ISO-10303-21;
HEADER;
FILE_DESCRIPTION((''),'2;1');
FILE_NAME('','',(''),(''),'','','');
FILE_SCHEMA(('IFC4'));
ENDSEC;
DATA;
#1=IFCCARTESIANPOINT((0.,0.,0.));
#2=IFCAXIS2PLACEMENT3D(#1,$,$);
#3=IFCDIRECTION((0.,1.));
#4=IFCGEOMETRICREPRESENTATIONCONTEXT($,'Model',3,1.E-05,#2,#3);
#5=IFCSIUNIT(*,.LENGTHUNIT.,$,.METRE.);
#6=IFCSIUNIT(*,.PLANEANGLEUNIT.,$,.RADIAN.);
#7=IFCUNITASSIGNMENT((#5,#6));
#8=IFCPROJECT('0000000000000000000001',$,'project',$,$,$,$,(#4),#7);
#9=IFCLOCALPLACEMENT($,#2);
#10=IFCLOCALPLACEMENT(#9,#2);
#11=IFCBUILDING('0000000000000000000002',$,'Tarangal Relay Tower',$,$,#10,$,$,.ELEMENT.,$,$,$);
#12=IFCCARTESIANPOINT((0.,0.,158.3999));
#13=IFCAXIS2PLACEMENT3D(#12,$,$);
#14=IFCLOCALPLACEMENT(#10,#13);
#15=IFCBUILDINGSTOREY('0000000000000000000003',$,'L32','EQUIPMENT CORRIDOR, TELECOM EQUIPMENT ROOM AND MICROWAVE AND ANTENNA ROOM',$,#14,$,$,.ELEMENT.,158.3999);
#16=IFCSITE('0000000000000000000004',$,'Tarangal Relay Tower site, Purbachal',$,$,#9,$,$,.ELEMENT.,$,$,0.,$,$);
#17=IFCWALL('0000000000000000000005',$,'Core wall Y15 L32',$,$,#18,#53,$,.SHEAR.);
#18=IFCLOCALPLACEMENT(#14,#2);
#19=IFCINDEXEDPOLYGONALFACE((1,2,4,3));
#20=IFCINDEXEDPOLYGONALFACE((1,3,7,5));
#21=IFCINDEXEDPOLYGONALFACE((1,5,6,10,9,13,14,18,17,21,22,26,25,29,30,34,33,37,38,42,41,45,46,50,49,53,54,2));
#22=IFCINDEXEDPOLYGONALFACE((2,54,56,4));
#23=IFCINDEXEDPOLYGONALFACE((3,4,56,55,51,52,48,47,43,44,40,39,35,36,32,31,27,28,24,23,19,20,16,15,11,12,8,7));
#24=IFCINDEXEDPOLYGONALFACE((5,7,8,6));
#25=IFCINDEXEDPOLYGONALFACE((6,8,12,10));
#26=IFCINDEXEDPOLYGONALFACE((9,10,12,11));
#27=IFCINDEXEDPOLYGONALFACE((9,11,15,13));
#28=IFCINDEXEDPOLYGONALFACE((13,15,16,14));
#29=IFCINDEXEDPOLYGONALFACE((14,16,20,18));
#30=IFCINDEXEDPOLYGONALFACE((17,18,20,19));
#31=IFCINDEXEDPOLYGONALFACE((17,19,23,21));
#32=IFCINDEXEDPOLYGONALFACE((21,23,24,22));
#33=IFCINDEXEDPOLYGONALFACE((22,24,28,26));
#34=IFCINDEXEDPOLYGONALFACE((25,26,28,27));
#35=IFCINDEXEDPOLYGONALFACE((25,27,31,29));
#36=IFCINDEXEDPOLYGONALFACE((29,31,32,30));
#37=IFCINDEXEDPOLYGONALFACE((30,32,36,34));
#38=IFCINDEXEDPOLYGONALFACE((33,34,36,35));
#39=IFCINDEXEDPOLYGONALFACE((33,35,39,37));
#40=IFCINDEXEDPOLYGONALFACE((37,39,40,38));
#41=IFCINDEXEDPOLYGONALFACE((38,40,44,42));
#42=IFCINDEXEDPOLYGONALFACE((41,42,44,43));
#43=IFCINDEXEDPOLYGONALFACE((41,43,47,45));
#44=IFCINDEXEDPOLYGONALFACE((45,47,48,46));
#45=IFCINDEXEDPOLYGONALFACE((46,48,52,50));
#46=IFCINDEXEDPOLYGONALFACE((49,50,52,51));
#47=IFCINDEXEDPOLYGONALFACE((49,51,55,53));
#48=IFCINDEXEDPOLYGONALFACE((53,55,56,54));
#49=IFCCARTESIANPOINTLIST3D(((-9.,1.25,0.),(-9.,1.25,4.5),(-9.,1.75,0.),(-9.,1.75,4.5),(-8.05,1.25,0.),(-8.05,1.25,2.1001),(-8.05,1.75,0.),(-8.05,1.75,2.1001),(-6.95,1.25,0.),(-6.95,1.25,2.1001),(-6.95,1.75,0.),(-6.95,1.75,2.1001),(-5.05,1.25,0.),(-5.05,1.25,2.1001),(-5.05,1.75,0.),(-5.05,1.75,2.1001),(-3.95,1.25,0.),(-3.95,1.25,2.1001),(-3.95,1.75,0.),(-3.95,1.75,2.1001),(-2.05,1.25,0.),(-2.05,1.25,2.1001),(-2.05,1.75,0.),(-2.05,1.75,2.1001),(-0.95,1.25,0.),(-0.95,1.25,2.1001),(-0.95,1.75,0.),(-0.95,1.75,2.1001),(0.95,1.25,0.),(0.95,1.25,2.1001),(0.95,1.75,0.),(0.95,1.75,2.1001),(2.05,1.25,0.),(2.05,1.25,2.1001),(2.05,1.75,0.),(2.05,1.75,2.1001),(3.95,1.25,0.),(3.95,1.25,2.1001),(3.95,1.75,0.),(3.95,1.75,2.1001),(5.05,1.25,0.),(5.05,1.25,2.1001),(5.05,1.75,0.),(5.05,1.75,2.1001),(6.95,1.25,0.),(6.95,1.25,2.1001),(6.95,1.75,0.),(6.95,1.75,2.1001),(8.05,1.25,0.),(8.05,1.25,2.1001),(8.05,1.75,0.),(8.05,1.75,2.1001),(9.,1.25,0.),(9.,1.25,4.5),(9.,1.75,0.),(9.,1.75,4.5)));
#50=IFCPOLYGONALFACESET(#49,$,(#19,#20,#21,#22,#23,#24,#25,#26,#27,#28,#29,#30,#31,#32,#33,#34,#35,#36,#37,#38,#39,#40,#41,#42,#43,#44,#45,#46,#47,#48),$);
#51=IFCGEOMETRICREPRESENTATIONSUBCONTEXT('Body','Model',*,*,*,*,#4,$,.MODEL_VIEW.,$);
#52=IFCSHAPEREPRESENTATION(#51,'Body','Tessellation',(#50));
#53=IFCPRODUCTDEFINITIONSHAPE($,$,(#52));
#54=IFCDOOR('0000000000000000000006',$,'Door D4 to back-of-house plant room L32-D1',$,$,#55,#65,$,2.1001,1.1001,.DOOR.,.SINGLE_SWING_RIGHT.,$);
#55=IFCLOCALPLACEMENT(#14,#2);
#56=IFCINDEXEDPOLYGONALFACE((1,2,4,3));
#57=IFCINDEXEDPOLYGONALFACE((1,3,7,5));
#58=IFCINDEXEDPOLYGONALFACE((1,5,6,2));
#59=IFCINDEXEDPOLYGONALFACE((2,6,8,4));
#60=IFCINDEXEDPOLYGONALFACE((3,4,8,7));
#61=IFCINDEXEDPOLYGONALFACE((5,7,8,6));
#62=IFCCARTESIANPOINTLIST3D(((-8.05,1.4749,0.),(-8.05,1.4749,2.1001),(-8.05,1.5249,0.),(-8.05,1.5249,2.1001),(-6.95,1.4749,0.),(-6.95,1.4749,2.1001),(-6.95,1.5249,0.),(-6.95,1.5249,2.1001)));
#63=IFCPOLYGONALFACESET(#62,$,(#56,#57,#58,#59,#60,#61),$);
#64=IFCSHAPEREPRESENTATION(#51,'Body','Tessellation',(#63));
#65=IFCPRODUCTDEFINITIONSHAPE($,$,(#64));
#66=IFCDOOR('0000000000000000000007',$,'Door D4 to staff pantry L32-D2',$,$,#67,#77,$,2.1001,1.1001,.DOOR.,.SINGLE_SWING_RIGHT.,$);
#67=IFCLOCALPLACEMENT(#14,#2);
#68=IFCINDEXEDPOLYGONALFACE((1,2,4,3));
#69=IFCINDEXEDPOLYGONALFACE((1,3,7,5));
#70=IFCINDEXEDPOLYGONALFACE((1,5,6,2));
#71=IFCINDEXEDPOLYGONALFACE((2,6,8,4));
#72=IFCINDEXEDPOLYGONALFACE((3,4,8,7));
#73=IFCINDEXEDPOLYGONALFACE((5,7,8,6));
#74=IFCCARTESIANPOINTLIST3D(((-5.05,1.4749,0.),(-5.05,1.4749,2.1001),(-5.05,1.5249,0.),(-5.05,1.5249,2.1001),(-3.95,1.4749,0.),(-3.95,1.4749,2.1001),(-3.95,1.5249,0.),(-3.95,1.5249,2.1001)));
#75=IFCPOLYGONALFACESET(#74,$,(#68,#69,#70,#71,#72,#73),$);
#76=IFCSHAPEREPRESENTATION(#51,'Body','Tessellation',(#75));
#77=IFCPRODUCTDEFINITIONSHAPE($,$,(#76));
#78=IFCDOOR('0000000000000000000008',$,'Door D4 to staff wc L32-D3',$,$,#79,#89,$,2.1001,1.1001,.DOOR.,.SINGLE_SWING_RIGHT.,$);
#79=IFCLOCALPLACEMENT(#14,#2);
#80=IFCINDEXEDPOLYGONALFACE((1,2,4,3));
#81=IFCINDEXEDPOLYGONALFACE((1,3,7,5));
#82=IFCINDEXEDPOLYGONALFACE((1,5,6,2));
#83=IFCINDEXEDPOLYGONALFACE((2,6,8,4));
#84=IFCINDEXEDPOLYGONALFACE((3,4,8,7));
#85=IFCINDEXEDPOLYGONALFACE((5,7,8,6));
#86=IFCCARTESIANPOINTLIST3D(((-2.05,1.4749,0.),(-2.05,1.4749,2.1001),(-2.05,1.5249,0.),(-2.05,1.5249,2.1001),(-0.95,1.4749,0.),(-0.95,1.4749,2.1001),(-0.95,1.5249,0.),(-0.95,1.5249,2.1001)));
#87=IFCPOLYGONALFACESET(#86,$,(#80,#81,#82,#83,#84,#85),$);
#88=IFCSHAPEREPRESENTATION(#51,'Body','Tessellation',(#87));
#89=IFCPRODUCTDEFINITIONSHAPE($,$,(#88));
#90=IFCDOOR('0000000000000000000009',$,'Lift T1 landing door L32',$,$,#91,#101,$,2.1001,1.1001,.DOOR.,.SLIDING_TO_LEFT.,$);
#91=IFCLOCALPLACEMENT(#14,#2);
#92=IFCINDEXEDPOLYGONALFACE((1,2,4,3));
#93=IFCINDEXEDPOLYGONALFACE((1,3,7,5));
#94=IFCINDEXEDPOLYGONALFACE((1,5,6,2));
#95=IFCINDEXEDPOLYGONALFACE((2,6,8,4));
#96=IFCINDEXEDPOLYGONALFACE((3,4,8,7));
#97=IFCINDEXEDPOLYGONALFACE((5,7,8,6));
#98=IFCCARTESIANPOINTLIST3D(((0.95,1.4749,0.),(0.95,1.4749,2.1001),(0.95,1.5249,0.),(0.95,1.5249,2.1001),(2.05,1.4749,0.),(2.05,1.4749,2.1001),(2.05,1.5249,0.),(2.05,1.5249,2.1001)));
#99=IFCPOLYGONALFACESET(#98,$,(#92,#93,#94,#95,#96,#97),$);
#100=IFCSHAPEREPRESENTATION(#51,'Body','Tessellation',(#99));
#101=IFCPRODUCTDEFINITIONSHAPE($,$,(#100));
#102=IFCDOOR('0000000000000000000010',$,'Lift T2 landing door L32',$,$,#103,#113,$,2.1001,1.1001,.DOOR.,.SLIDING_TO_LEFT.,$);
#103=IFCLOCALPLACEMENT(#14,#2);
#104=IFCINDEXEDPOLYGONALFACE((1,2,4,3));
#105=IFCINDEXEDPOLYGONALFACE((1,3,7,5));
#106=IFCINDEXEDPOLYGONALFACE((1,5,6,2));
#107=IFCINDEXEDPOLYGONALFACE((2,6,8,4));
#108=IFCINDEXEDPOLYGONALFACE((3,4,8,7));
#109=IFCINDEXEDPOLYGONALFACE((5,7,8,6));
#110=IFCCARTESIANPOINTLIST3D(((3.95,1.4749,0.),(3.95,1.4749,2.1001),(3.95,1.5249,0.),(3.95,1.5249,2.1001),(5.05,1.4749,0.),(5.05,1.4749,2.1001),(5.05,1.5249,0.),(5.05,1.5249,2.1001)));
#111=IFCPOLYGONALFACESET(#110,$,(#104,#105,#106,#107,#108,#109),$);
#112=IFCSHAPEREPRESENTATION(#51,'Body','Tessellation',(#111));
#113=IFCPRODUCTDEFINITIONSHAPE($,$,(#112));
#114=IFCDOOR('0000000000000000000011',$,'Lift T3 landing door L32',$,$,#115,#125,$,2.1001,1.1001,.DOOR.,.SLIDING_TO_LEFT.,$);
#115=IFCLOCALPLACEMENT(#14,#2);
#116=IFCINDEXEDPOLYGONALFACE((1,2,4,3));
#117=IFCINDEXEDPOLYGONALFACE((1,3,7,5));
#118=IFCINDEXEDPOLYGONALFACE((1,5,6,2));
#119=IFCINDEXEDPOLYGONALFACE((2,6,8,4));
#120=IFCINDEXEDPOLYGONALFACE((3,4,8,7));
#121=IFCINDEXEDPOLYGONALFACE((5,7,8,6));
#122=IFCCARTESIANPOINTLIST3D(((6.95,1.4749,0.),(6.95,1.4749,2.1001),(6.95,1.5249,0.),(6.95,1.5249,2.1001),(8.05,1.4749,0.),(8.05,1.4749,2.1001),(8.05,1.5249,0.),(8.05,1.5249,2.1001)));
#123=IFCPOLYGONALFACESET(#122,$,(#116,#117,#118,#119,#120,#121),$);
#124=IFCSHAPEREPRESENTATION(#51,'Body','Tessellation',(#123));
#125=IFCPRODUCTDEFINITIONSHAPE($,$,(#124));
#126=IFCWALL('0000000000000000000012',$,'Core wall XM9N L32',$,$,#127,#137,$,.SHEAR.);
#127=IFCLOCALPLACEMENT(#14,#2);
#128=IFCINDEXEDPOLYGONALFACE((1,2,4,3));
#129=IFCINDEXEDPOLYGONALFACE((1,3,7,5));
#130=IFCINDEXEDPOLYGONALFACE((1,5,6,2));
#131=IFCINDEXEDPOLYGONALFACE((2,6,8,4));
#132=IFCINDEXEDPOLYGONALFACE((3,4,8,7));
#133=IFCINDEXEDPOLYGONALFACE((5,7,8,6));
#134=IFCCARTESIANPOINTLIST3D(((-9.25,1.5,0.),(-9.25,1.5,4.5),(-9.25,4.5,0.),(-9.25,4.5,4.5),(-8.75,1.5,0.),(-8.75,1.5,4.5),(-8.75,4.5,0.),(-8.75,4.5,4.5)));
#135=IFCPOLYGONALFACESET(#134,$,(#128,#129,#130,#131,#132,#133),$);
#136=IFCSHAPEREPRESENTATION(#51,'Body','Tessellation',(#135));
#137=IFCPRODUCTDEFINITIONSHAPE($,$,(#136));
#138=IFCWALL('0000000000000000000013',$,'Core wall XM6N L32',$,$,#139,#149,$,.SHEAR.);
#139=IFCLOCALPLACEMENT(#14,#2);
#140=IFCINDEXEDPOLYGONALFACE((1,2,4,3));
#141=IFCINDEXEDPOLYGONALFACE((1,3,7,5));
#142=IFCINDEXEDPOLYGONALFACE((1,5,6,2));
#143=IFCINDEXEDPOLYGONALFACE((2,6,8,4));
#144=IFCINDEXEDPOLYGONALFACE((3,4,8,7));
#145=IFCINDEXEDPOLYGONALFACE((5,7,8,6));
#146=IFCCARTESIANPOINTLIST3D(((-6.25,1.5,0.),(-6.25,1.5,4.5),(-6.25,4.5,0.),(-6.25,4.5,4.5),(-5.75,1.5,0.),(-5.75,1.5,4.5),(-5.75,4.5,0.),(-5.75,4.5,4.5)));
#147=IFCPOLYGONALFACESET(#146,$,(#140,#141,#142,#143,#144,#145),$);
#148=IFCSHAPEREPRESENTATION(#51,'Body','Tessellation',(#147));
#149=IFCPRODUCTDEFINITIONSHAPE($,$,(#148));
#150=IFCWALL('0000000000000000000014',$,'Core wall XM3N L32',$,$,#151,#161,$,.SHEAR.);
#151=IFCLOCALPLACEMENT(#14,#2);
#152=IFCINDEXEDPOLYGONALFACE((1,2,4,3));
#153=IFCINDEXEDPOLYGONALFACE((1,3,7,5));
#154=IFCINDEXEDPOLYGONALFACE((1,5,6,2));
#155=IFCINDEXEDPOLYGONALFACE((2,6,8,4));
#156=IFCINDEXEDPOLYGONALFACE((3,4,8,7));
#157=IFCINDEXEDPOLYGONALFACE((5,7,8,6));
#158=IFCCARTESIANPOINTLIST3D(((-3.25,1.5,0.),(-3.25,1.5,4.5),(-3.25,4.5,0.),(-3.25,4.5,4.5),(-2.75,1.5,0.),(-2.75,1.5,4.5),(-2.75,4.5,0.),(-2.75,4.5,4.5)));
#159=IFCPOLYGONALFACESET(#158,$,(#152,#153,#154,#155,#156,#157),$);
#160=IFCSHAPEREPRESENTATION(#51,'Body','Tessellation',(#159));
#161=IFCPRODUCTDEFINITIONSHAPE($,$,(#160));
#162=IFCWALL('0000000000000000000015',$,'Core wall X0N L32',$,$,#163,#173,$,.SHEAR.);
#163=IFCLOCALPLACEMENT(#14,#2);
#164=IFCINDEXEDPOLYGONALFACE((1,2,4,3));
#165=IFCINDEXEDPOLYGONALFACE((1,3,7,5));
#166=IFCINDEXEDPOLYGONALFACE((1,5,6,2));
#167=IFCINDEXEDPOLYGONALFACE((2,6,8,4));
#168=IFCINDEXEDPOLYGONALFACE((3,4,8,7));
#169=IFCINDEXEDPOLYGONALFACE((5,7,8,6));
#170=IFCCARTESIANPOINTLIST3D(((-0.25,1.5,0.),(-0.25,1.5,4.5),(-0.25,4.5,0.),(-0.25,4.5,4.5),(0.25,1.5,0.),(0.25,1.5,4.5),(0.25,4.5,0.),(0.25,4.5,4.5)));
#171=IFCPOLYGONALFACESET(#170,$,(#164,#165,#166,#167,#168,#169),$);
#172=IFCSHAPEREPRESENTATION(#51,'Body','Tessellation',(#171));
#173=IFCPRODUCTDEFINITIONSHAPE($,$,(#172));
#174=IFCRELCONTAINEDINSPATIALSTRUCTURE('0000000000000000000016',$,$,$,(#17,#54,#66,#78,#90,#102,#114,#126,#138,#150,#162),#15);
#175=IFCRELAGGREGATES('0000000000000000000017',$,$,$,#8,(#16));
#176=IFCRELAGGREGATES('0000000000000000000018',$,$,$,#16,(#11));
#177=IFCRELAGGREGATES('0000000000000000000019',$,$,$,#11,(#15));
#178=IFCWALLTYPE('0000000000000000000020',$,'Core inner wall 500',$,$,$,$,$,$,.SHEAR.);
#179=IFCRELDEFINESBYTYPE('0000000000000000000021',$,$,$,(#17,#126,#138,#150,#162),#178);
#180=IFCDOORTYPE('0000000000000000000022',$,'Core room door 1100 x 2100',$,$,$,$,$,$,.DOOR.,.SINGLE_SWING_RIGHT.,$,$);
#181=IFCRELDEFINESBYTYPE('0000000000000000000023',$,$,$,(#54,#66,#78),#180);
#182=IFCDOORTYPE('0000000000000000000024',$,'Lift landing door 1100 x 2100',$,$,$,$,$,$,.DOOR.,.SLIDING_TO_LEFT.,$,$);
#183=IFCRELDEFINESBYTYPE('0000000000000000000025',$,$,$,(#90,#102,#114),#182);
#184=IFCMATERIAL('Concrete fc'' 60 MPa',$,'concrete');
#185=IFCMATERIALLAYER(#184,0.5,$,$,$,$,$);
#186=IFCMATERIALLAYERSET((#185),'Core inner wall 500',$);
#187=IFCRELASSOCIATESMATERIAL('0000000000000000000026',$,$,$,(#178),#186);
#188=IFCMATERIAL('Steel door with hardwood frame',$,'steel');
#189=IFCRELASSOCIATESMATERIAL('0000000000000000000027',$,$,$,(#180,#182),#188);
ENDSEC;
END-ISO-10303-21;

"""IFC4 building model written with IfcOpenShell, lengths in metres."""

from ifc_helpers import new_model, si_unit, direction, frame, frame_2d, origin, place, context, subcontext, project, spatial, rectangle, extrude, material, layer, layer_set, type_object, element, fill, save


model = new_model("IFC4")

# Units and contexts
model_context = context("Model", 3, precision=1e-05, world=origin(), true_north=direction((0.0, 1.0)))
body_context = subcontext(model_context, "Body", "Model", "MODEL_VIEW")
ifc_project = project(units=[si_unit("LENGTHUNIT", "METRE"), si_unit("PLANEANGLEUNIT", "RADIAN")], contexts=[model_context])

# Site, building, storey
site_placement = place(None, origin())
site = spatial("IfcSite", under=ifc_project, at=site_placement, Name="Tarangal Relay Tower site, Purbachal", CompositionType="ELEMENT", RefElevation=0.0)
building_placement = place(site_placement, origin())
building = spatial("IfcBuilding", under=site, at=building_placement, Name="Tarangal Relay Tower", CompositionType="ELEMENT")
storey_placement = place(building_placement, frame((0.0, 0.0, 158.3999)))
storey = spatial("IfcBuildingStorey", under=building, at=storey_placement, Name="L32", Description="EQUIPMENT CORRIDOR, TELECOM EQUIPMENT ROOM AND MICROWAVE AND ANTENNA ROOM", CompositionType="ELEMENT", Elevation=158.3999)

# Wall, openings, doors
ifc_material_1 = material(Name="Concrete fc' 60 MPa", Category="concrete")
ifc_layer_1 = layer(ifc_material_1, 0.5)
ifc_layer_set_1 = layer_set([ifc_layer_1], Name="Core inner wall 500")
wall_type = type_object("IfcWallType", Name="Core inner wall 500", PredefinedType="SHEAR", material=ifc_layer_set_1)
wall_1_placement = place(storey_placement, frame((-9.0, 1.5, 0.0), z_axis=(0.0, 0.0, 1.0), x_axis=(1.0, 0.0, 0.0)))
wall_1 = element("IfcWall", 1, at=wall_1_placement, inside=storey, type_object=wall_type, Name="Core wall Y15 L32", PredefinedType="SHEAR", context=body_context, shape_type="SweptSolid", body=[
    extrude(rectangle(XDim=18.0, YDim=0.5, at=frame_2d((9.0, 0.0))), origin(), (0.0, 0.0, 1.0), 4.5),
])
opening_1_placement = place(wall_1_placement, frame((9.95, 0.0, 0.0)))
opening_1 = element("IfcOpeningElement", 2, at=opening_1_placement, cuts=wall_1, PredefinedType="OPENING", context=body_context, shape_type="SweptSolid", body=[
    extrude(rectangle(XDim=1.1001, YDim=2.1001, at=frame_2d((0.55, 1.05))), frame((0.0, 0.26, 0.0), z_axis=(0.0, -1.0, 0.0), x_axis=(1.0, 0.0, 0.0)), (0.0, 0.0, 1.0), 0.52),
])
opening_2_placement = place(wall_1_placement, frame((12.95, 0.0, 0.0)))
opening_2 = element("IfcOpeningElement", 3, at=opening_2_placement, cuts=wall_1, PredefinedType="OPENING", context=body_context, shape_type="SweptSolid", body=[
    extrude(rectangle(XDim=1.1001, YDim=2.1001, at=frame_2d((0.55, 1.05))), frame((0.0, 0.26, 0.0), z_axis=(0.0, -1.0, 0.0), x_axis=(1.0, 0.0, 0.0)), (0.0, 0.0, 1.0), 0.52),
])
opening_3_placement = place(wall_1_placement, frame((15.95, 0.0, 0.0)))
opening_3 = element("IfcOpeningElement", 4, at=opening_3_placement, cuts=wall_1, PredefinedType="OPENING", context=body_context, shape_type="SweptSolid", body=[
    extrude(rectangle(XDim=1.1001, YDim=2.1001, at=frame_2d((0.55, 1.05))), frame((0.0, 0.26, 0.0), z_axis=(0.0, -1.0, 0.0), x_axis=(1.0, 0.0, 0.0)), (0.0, 0.0, 1.0), 0.52),
])
opening_4_placement = place(wall_1_placement, frame((0.95, 0.0, 0.0)))
opening_4 = element("IfcOpeningElement", 5, at=opening_4_placement, cuts=wall_1, PredefinedType="OPENING", context=body_context, shape_type="SweptSolid", body=[
    extrude(rectangle(XDim=1.1001, YDim=2.1001, at=frame_2d((0.55, 1.05))), frame((0.0, 0.26, 0.0), z_axis=(0.0, -1.0, 0.0), x_axis=(1.0, 0.0, 0.0)), (0.0, 0.0, 1.0), 0.52),
])
opening_5_placement = place(wall_1_placement, frame((3.95, 0.0, 0.0)))
opening_5 = element("IfcOpeningElement", 6, at=opening_5_placement, cuts=wall_1, PredefinedType="OPENING", context=body_context, shape_type="SweptSolid", body=[
    extrude(rectangle(XDim=1.1001, YDim=2.1001, at=frame_2d((0.55, 1.05))), frame((0.0, 0.26, 0.0), z_axis=(0.0, -1.0, 0.0), x_axis=(1.0, 0.0, 0.0)), (0.0, 0.0, 1.0), 0.52),
])
opening_6_placement = place(wall_1_placement, frame((6.95, 0.0, 0.0)))
opening_6 = element("IfcOpeningElement", 7, at=opening_6_placement, cuts=wall_1, PredefinedType="OPENING", context=body_context, shape_type="SweptSolid", body=[
    extrude(rectangle(XDim=1.1001, YDim=2.1001, at=frame_2d((0.55, 1.05))), frame((0.0, 0.26, 0.0), z_axis=(0.0, -1.0, 0.0), x_axis=(1.0, 0.0, 0.0)), (0.0, 0.0, 1.0), 0.52),
])
ifc_material_2 = material(Name="Steel door with hardwood frame", Category="steel")
door_type_1 = type_object("IfcDoorType", Name="Core room door 1100 x 2100", OperationType="SINGLE_SWING_RIGHT", PredefinedType="DOOR", material=ifc_material_2)
door_1_placement = place(opening_4_placement, origin())
door_1 = element("IfcDoor", 8, at=door_1_placement, inside=storey, type_object=door_type_1, Name="Door D4 to back-of-house plant room L32-D1", OperationType="SINGLE_SWING_RIGHT", OverallHeight=2.1001, OverallWidth=1.1001, PredefinedType="DOOR", context=body_context, shape_type="SweptSolid", body=[
    extrude(rectangle(XDim=1.1001, YDim=2.1001, at=frame_2d((0.55, 1.05))), frame((0.0, 0.0249, 0.0), z_axis=(0.0, -1.0, 0.0), x_axis=(1.0, 0.0, 0.0)), (0.0, 0.0, 1.0), 0.05),
])
fill(opening_4, door_1)
door_2_placement = place(opening_5_placement, origin())
door_2 = element("IfcDoor", 9, at=door_2_placement, inside=storey, type_object=door_type_1, Name="Door D4 to staff pantry L32-D2", OperationType="SINGLE_SWING_RIGHT", OverallHeight=2.1001, OverallWidth=1.1001, PredefinedType="DOOR", context=body_context, shape_type="SweptSolid", body=[
    extrude(rectangle(XDim=1.1001, YDim=2.1001, at=frame_2d((0.55, 1.05))), frame((0.0, 0.0249, 0.0), z_axis=(0.0, -1.0, 0.0), x_axis=(1.0, 0.0, 0.0)), (0.0, 0.0, 1.0), 0.05),
])
fill(opening_5, door_2)
door_3_placement = place(opening_6_placement, origin())
door_3 = element("IfcDoor", 10, at=door_3_placement, inside=storey, type_object=door_type_1, Name="Door D4 to staff wc L32-D3", OperationType="SINGLE_SWING_RIGHT", OverallHeight=2.1001, OverallWidth=1.1001, PredefinedType="DOOR", context=body_context, shape_type="SweptSolid", body=[
    extrude(rectangle(XDim=1.1001, YDim=2.1001, at=frame_2d((0.55, 1.05))), frame((0.0, 0.0249, 0.0), z_axis=(0.0, -1.0, 0.0), x_axis=(1.0, 0.0, 0.0)), (0.0, 0.0, 1.0), 0.05),
])
fill(opening_6, door_3)
door_type_2 = type_object("IfcDoorType", Name="Lift landing door 1100 x 2100", OperationType="SLIDING_TO_LEFT", PredefinedType="DOOR", material=ifc_material_2)
door_4_placement = place(opening_1_placement, origin())
door_4 = element("IfcDoor", 11, at=door_4_placement, inside=storey, type_object=door_type_2, Name="Lift T1 landing door L32", OperationType="SLIDING_TO_LEFT", OverallHeight=2.1001, OverallWidth=1.1001, PredefinedType="DOOR", context=body_context, shape_type="SweptSolid", body=[
    extrude(rectangle(XDim=1.1001, YDim=2.1001, at=frame_2d((0.55, 1.05))), frame((0.0, 0.0249, 0.0), z_axis=(0.0, -1.0, 0.0), x_axis=(1.0, 0.0, 0.0)), (0.0, 0.0, 1.0), 0.05),
])
fill(opening_1, door_4)
door_5_placement = place(opening_2_placement, origin())
door_5 = element("IfcDoor", 12, at=door_5_placement, inside=storey, type_object=door_type_2, Name="Lift T2 landing door L32", OperationType="SLIDING_TO_LEFT", OverallHeight=2.1001, OverallWidth=1.1001, PredefinedType="DOOR", context=body_context, shape_type="SweptSolid", body=[
    extrude(rectangle(XDim=1.1001, YDim=2.1001, at=frame_2d((0.55, 1.05))), frame((0.0, 0.0249, 0.0), z_axis=(0.0, -1.0, 0.0), x_axis=(1.0, 0.0, 0.0)), (0.0, 0.0, 1.0), 0.05),
])
fill(opening_2, door_5)
door_6_placement = place(opening_3_placement, origin())
door_6 = element("IfcDoor", 13, at=door_6_placement, inside=storey, type_object=door_type_2, Name="Lift T3 landing door L32", OperationType="SLIDING_TO_LEFT", OverallHeight=2.1001, OverallWidth=1.1001, PredefinedType="DOOR", context=body_context, shape_type="SweptSolid", body=[
    extrude(rectangle(XDim=1.1001, YDim=2.1001, at=frame_2d((0.55, 1.05))), frame((0.0, 0.0249, 0.0), z_axis=(0.0, -1.0, 0.0), x_axis=(1.0, 0.0, 0.0)), (0.0, 0.0, 1.0), 0.05),
])
fill(opening_3, door_6)

# Walls
for number, where, z_axis, x_axis, name in (
    (14, (-9.0, 1.5, 0.0), (0.0, 0.0, 1.0), (0.0, 1.0, 0.0), "Core wall XM9N L32"),
    (15, (-6.0, 1.5, 0.0), (0.0, 0.0, 1.0), (0.0, 1.0, 0.0), "Core wall XM6N L32"),
    (16, (-3.0, 1.5, 0.0), (0.0, 0.0, 1.0), (0.0, 1.0, 0.0), "Core wall XM3N L32"),
    (17, (0.0, 1.5, 0.0), (0.0, 0.0, 1.0), (0.0, 1.0, 0.0), "Core wall X0N L32"),
):
    element("IfcWall", number, at=place(storey_placement, frame(where, z_axis=z_axis, x_axis=x_axis)), inside=storey, type_object=wall_type, Name=name, PredefinedType="SHEAR", context=body_context, shape_type="SweptSolid", body=[
        extrude(rectangle(XDim=3.0, YDim=0.5, at=frame_2d((1.5, 0.0))), origin(), (0.0, 0.0, 1.0), 4.5),
    ])

save(model, "model.ifc")
